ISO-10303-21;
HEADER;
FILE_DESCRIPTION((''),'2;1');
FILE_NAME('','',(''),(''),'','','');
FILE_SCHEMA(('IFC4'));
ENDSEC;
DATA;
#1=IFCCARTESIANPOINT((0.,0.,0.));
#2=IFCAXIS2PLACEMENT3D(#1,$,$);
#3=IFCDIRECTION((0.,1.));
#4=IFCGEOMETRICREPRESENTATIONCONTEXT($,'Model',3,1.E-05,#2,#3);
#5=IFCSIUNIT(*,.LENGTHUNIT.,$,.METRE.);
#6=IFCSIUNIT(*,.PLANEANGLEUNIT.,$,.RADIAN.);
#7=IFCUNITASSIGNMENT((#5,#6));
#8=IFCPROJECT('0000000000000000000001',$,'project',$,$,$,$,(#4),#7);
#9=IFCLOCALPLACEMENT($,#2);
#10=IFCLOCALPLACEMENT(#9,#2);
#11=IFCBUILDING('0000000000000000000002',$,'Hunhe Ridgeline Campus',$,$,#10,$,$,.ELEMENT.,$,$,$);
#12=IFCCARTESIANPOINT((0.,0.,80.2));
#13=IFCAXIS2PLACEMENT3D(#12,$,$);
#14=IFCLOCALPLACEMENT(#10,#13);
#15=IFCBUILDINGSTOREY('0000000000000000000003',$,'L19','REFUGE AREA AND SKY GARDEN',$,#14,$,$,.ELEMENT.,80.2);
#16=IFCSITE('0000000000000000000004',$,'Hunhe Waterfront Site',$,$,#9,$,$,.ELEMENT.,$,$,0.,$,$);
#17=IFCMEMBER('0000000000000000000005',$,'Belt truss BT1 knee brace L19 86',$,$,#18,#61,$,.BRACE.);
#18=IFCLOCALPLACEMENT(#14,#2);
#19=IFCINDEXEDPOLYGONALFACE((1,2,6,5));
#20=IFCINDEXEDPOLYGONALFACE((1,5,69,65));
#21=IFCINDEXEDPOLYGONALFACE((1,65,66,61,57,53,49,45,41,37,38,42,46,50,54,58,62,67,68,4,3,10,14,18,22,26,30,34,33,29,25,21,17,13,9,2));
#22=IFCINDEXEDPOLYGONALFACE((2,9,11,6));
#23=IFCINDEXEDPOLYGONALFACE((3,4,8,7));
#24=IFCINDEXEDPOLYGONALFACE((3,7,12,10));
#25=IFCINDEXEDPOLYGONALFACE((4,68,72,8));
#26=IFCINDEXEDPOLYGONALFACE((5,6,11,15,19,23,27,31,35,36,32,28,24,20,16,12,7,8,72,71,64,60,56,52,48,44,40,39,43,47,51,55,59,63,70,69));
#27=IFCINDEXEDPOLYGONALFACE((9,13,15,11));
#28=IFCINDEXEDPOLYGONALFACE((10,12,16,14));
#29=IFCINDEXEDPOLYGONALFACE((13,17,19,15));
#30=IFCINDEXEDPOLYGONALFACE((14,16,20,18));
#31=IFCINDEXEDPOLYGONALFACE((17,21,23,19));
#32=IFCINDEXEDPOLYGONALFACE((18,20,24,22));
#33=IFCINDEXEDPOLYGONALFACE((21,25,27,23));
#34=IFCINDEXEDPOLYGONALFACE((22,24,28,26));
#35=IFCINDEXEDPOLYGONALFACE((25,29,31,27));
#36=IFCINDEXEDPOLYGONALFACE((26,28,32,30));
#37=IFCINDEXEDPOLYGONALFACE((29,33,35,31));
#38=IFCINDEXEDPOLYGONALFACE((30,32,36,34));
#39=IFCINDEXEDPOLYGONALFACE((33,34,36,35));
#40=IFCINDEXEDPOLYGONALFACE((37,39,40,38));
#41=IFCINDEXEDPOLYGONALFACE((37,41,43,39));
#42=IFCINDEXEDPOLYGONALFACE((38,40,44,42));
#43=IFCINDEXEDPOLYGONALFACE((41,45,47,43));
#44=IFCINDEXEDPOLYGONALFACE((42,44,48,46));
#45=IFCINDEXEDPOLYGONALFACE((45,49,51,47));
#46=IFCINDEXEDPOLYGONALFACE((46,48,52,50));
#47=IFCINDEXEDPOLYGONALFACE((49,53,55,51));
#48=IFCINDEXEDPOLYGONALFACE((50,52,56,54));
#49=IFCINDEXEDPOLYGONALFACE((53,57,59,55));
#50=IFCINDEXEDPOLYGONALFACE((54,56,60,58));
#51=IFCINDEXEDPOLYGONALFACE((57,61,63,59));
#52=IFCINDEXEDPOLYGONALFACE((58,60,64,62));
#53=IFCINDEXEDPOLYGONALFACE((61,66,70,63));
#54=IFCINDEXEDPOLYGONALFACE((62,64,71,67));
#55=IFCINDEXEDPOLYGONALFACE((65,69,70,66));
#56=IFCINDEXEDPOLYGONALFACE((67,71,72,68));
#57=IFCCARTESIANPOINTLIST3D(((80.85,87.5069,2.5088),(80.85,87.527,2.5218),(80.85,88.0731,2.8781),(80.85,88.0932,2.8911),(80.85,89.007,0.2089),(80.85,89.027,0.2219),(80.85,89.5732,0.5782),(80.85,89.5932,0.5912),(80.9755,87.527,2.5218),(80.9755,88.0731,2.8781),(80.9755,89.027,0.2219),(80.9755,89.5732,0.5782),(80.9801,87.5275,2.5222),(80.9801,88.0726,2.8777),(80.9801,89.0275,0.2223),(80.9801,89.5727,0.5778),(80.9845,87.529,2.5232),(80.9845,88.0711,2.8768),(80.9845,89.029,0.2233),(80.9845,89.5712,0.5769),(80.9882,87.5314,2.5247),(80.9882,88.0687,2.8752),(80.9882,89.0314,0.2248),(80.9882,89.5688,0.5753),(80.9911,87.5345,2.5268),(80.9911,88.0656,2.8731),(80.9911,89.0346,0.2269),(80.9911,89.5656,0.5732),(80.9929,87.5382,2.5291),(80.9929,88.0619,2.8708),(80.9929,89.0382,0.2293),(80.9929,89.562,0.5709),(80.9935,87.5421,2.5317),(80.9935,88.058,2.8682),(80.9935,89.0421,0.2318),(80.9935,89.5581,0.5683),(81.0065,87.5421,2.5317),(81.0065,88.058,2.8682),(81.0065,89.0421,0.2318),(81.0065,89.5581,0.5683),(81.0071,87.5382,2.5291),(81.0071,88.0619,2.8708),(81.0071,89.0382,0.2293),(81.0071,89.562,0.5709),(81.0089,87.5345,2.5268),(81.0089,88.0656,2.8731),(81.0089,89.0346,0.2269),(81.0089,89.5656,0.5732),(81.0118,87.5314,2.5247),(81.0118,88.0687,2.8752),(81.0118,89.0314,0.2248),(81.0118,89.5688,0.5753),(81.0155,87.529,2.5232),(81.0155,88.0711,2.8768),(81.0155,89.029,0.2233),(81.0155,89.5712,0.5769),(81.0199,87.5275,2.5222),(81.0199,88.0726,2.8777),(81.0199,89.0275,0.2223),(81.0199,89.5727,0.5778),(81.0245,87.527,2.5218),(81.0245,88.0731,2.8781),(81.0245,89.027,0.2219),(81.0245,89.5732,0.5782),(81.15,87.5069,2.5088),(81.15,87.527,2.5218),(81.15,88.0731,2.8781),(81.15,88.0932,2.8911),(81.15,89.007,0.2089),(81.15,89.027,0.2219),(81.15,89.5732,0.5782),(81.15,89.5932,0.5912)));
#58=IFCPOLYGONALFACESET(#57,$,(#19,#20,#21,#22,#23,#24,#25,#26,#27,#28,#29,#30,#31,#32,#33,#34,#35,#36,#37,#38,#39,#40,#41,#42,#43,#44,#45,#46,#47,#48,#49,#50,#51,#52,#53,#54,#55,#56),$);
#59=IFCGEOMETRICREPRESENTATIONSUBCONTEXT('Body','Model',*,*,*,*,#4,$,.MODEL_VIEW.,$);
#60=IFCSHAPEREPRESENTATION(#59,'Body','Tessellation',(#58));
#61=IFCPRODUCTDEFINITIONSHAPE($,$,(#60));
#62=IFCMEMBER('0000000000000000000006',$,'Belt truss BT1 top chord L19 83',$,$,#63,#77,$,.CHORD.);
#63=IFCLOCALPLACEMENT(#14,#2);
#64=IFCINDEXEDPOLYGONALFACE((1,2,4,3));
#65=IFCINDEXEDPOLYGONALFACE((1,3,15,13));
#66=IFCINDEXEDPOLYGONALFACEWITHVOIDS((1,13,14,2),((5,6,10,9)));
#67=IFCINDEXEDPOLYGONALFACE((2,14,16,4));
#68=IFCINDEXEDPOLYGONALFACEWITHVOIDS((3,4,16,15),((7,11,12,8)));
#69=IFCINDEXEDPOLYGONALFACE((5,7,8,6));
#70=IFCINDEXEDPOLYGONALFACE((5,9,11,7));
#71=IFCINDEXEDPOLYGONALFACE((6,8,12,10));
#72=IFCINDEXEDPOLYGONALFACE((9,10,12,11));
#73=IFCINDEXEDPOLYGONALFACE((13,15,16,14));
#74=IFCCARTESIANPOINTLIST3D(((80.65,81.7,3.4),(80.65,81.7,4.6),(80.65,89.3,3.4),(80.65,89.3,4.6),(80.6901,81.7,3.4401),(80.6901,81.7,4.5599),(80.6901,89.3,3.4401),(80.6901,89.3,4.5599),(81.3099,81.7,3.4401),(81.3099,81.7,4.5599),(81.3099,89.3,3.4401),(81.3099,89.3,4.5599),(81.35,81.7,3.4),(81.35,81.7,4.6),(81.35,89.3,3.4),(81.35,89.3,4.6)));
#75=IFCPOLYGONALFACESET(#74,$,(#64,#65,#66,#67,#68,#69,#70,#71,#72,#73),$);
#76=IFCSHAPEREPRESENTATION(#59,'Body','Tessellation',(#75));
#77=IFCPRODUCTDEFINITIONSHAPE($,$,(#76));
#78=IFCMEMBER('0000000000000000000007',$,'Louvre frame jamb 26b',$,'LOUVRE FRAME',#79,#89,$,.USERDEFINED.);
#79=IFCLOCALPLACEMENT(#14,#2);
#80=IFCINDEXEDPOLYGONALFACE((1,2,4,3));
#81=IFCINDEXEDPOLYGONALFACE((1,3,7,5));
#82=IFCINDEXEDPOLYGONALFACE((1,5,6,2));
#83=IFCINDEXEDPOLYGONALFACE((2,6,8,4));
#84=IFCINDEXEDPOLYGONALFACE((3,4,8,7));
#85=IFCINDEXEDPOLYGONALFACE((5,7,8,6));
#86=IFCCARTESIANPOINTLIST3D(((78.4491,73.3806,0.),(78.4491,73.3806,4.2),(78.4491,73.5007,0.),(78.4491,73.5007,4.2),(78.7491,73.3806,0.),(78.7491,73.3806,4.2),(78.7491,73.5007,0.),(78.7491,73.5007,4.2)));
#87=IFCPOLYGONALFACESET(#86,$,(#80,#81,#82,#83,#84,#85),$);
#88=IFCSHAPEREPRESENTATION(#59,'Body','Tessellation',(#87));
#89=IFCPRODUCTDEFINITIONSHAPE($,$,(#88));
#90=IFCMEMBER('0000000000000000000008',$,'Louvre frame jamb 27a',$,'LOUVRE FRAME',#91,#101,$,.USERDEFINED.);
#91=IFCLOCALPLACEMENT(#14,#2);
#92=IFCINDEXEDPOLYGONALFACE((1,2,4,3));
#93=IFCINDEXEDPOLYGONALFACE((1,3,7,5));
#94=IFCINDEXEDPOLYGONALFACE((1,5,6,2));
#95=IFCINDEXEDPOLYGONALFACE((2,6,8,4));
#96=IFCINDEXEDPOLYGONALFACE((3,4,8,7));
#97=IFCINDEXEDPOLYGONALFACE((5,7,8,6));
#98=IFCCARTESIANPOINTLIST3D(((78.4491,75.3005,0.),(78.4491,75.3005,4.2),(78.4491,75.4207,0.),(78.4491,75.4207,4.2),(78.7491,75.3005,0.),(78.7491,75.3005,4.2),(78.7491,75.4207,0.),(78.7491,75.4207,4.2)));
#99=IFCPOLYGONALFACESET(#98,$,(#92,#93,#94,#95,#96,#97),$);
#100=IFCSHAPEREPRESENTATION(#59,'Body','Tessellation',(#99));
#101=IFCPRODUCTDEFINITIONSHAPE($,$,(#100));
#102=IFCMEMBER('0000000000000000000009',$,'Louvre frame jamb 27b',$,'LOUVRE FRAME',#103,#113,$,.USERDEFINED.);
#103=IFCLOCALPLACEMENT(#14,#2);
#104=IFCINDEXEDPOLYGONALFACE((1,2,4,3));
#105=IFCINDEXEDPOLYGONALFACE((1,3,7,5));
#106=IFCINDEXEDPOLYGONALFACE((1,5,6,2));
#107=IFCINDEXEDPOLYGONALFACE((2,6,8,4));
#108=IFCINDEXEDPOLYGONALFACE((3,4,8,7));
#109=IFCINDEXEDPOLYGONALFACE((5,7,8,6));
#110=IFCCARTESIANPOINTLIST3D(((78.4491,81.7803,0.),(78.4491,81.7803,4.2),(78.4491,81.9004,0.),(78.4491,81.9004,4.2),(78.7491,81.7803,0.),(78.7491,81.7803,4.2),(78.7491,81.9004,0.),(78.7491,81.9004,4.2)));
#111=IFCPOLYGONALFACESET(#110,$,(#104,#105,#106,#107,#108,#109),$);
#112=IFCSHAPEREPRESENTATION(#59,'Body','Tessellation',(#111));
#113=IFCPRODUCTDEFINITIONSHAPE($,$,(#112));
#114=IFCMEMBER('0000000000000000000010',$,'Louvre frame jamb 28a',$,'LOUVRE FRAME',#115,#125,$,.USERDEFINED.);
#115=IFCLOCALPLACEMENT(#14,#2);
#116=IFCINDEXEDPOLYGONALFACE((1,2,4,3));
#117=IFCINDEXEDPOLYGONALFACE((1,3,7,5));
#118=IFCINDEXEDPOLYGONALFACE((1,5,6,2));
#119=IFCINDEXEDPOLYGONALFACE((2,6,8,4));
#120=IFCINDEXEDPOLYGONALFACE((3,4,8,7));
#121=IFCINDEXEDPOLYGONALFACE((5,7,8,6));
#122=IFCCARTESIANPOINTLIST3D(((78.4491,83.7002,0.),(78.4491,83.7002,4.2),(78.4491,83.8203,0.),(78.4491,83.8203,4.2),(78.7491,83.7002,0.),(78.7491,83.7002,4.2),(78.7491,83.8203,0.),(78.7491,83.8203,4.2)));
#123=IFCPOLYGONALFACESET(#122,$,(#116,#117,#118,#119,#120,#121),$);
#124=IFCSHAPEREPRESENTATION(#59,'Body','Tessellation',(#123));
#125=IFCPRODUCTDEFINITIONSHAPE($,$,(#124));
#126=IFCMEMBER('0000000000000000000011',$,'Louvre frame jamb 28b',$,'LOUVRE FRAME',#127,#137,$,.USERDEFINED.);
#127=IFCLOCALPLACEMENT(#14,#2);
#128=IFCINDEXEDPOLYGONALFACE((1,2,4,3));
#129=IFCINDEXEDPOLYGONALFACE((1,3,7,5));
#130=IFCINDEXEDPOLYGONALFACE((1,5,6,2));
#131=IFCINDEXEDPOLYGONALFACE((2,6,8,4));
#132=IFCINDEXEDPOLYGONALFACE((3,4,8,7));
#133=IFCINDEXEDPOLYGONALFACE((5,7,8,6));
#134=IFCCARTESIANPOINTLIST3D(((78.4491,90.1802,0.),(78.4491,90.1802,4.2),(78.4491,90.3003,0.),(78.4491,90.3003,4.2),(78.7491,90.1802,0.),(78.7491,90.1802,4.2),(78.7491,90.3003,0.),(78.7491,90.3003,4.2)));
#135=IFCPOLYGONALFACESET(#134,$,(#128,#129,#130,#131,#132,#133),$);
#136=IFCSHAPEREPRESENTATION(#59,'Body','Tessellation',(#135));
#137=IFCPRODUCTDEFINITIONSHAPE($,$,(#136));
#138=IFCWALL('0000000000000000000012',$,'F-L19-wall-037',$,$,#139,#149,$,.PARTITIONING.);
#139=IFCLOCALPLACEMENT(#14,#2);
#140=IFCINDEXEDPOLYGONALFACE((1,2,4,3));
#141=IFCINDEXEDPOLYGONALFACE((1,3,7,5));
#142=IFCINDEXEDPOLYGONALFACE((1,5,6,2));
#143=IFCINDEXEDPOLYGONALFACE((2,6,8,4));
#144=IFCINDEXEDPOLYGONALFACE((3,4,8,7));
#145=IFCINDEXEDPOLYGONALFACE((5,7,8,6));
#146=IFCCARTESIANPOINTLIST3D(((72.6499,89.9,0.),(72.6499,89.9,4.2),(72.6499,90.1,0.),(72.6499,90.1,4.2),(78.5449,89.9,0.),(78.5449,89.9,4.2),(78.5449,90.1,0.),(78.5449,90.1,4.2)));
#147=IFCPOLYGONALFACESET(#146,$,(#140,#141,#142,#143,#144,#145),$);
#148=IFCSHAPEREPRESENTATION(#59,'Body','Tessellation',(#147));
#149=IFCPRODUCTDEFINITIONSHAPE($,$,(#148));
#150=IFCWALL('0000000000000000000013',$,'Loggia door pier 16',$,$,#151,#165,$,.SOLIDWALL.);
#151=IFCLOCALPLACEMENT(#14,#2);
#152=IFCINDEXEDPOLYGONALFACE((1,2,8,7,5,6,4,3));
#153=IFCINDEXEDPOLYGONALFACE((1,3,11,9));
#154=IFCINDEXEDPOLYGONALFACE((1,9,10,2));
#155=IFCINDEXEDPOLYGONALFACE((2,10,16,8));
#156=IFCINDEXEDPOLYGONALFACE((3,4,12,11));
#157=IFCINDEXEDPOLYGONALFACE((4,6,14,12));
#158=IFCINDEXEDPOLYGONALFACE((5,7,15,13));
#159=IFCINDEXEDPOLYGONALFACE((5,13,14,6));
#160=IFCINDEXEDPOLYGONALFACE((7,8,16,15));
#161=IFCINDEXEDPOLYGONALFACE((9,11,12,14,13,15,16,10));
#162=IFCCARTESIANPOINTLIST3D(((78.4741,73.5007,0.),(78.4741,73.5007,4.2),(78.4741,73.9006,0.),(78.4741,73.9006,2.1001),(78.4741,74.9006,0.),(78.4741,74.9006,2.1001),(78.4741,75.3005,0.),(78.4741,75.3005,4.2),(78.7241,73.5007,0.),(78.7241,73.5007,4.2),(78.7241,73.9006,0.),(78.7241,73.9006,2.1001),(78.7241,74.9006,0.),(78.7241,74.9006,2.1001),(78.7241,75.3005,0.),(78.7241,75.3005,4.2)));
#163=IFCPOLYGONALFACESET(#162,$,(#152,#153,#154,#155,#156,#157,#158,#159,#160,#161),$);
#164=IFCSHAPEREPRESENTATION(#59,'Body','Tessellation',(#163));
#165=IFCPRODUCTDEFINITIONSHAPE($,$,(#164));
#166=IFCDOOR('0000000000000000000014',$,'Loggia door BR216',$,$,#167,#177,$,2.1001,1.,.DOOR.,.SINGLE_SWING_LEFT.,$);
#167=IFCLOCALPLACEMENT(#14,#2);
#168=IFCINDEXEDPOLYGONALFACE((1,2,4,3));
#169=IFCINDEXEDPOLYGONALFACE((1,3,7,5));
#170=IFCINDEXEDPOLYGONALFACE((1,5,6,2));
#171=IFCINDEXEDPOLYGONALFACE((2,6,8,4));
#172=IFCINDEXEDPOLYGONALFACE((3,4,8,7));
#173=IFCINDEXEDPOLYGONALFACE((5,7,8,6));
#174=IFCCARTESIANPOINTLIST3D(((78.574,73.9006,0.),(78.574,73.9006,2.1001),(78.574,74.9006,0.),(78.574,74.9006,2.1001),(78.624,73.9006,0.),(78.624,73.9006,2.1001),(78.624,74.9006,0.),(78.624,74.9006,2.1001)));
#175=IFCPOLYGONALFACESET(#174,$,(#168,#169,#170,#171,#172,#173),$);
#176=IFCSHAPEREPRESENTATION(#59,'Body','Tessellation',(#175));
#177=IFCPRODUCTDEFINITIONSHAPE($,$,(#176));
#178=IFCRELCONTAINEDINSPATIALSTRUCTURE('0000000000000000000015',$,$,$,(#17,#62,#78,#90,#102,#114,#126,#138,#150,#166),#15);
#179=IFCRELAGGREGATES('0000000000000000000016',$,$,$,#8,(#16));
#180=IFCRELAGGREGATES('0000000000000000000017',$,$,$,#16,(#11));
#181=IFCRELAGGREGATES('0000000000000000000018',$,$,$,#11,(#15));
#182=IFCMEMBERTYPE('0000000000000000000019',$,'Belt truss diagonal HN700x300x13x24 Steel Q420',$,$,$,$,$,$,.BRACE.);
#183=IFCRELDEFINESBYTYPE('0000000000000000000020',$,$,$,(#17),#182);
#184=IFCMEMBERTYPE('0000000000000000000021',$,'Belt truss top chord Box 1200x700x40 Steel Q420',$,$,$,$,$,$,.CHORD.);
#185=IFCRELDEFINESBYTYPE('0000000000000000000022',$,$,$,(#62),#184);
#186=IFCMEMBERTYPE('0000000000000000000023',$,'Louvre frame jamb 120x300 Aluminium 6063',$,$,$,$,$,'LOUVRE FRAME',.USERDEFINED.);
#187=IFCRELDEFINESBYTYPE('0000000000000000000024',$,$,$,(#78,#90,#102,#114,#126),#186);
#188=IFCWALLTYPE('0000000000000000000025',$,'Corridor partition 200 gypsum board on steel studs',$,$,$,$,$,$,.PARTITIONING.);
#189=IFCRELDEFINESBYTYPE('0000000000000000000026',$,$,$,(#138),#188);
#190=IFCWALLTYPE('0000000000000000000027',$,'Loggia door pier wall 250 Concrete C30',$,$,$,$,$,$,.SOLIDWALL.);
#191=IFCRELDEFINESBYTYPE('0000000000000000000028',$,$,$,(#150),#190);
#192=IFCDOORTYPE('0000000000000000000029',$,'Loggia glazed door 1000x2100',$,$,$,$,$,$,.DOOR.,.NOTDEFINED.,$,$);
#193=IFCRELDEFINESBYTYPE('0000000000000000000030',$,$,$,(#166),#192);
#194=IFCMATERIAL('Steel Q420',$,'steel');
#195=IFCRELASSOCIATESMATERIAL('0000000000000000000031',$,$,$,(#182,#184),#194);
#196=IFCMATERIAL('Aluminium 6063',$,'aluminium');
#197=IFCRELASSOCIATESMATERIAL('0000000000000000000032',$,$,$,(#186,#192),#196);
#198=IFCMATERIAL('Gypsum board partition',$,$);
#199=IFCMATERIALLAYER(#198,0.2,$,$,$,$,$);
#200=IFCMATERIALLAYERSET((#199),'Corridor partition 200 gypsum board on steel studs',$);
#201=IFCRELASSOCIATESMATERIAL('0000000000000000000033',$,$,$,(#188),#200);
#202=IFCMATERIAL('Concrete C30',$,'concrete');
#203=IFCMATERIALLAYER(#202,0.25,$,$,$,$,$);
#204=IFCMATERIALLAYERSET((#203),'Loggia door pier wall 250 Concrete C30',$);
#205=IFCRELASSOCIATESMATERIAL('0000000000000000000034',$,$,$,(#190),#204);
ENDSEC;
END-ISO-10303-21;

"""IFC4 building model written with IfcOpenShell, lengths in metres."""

from ifc_helpers import new_model, si_unit, direction, frame, frame_2d, origin, origin_2d, place, context, subcontext, project, spatial, rectangle, hollow_rectangle, i_section, extrude, material, layer, layer_set, material_profile, profile_set, type_object, element, fill, save


model = new_model("IFC4")

# Units and contexts
model_context = context("Model", 3, precision=1e-05, world=origin(), true_north=direction((0.0, 1.0)))
body_context = subcontext(model_context, "Body", "Model", "MODEL_VIEW")
ifc_project = project(units=[si_unit("LENGTHUNIT", "METRE"), si_unit("PLANEANGLEUNIT", "RADIAN")], contexts=[model_context])

# Site, building, storey
site_placement = place(None, origin())
site = spatial("IfcSite", under=ifc_project, at=site_placement, Name="Hunhe Waterfront Site", CompositionType="ELEMENT", RefElevation=0.0)
building_placement = place(site_placement, origin())
building = spatial("IfcBuilding", under=site, at=building_placement, Name="Hunhe Ridgeline Campus", CompositionType="ELEMENT")
storey_placement = place(building_placement, frame((0.0, 0.0, 80.2)))
storey = spatial("IfcBuildingStorey", under=building, at=storey_placement, Name="L19", Description="REFUGE AREA AND SKY GARDEN", CompositionType="ELEMENT", Elevation=80.2)

# Members
ifc_material_1 = material(Name="Steel Q420", Category="steel")
ifc_material_profile_1 = material_profile(ifc_material_1, i_section(OverallWidth=0.3, OverallDepth=0.7, WebThickness=0.0129, FlangeThickness=0.0239, FilletRadius=0.0181, at=origin_2d()))
ifc_profile_set_1 = profile_set([ifc_material_profile_1], Name="Steel Q420")
member_type_1 = type_object("IfcMemberType", Name="Belt truss diagonal HN700x300x13x24 Steel Q420", PredefinedType="BRACE", material=ifc_profile_set_1)
for number, where, z_axis, x_axis, name in (
    (1, (81.0, 87.8, 2.7), (0.0, 0.5463, -0.837589), (-1.0, 0.0, 0.0), "Belt truss BT1 knee brace L19 86"),
):
    element("IfcMember", number, at=place(storey_placement, frame(where, z_axis=z_axis, x_axis=x_axis)), inside=storey, type_object=member_type_1, Name=name, PredefinedType="BRACE", context=body_context, shape_type="SweptSolid", body=[
        extrude(i_section(OverallWidth=0.3, OverallDepth=0.7, WebThickness=0.0129, FlangeThickness=0.0239, FilletRadius=0.0181, at=origin_2d()), origin(), (0.0, 0.0, 1.0), 2.7458),
    ])
ifc_material_profile_2 = material_profile(ifc_material_1, hollow_rectangle(XDim=0.7, YDim=1.2, WallThickness=0.04, at=origin_2d()))
ifc_profile_set_2 = profile_set([ifc_material_profile_2], Name="Steel Q420")
member_type_2 = type_object("IfcMemberType", Name="Belt truss top chord Box 1200x700x40 Steel Q420", PredefinedType="CHORD", material=ifc_profile_set_2)
member_1_placement = place(storey_placement, frame((81.0, 81.7, 4.0), z_axis=(0.0, 1.0, 0.0), x_axis=(-1.0, 0.0, 0.0)))
element("IfcMember", 2, at=member_1_placement, inside=storey, type_object=member_type_2, Name="Belt truss BT1 top chord L19 83", PredefinedType="CHORD", context=body_context, shape_type="SweptSolid", body=[
    extrude(hollow_rectangle(XDim=0.7, YDim=1.2, WallThickness=0.04, at=origin_2d()), origin(), (0.0, 0.0, 1.0), 7.6001),
])
ifc_material_2 = material(Name="Aluminium 6063", Category="aluminium")
ifc_material_profile_3 = material_profile(ifc_material_2, rectangle(XDim=0.3, YDim=0.1201, at=origin_2d()))
ifc_profile_set_3 = profile_set([ifc_material_profile_3], Name="Aluminium 6063")
member_type_3 = type_object("IfcMemberType", Name="Louvre frame jamb 120x300 Aluminium 6063", ElementType="LOUVRE FRAME", PredefinedType="USERDEFINED", material=ifc_profile_set_3)
for number, where, z_axis, x_axis, name in (
    (3, (78.5991, 73.4407, 0.0), (0.0, 0.0, 1.0), (-1.0, 0.0, 0.0), "Louvre frame jamb 26b"),
    (4, (78.5991, 75.3606, 0.0), (0.0, 0.0, 1.0), (-1.0, 0.0, 0.0), "Louvre frame jamb 27a"),
    (5, (78.5991, 81.8403, 0.0), (0.0, 0.0, 1.0), (-1.0, 0.0, 0.0), "Louvre frame jamb 27b"),
    (6, (78.5991, 83.7603, 0.0), (0.0, 0.0, 1.0), (-1.0, 0.0, 0.0), "Louvre frame jamb 28a"),
    (7, (78.5991, 90.2402, 0.0), (0.0, 0.0, 1.0), (-1.0, 0.0, 0.0), "Louvre frame jamb 28b"),
):
    element("IfcMember", number, at=place(storey_placement, frame(where, z_axis=z_axis, x_axis=x_axis)), inside=storey, type_object=member_type_3, Name=name, ObjectType="LOUVRE FRAME", PredefinedType="USERDEFINED", context=body_context, shape_type="SweptSolid", body=[
        extrude(rectangle(XDim=0.3, YDim=0.1201, at=origin_2d()), origin(), (0.0, 0.0, 1.0), 4.2),
    ])

# Wall
ifc_material_3 = material(Name="Gypsum board partition")
ifc_layer_1 = layer(ifc_material_3, 0.2)
ifc_layer_set_1 = layer_set([ifc_layer_1], Name="Corridor partition 200 gypsum board on steel studs")
wall_type_1 = type_object("IfcWallType", Name="Corridor partition 200 gypsum board on steel studs", PredefinedType="PARTITIONING", material=ifc_layer_set_1)
wall_1_placement = place(storey_placement, frame((78.5449, 90.0, 0.0), z_axis=(0.0, 0.0, 1.0), x_axis=(-1.0, 0.0, 0.0)))
element("IfcWall", 8, at=wall_1_placement, inside=storey, type_object=wall_type_1, Name="F-L19-wall-037", PredefinedType="PARTITIONING", context=body_context, shape_type="SweptSolid", body=[
    extrude(rectangle(XDim=5.895, YDim=0.2, at=frame_2d((2.9475, 0.0))), origin(), (0.0, 0.0, 1.0), 4.2),
])

# Wall, opening, door
ifc_material_4 = material(Name="Concrete C30", Category="concrete")
ifc_layer_2 = layer(ifc_material_4, 0.25)
ifc_layer_set_2 = layer_set([ifc_layer_2], Name="Loggia door pier wall 250 Concrete C30")
wall_type_2 = type_object("IfcWallType", Name="Loggia door pier wall 250 Concrete C30", PredefinedType="SOLIDWALL", material=ifc_layer_set_2)
wall_2_placement = place(storey_placement, frame((78.5991, 73.5007, 0.0), z_axis=(0.0, 0.0, 1.0), x_axis=(0.0, 1.0, 0.0)))
wall_2 = element("IfcWall", 9, at=wall_2_placement, inside=storey, type_object=wall_type_2, Name="Loggia door pier 16", PredefinedType="SOLIDWALL", context=body_context, shape_type="SweptSolid", body=[
    extrude(rectangle(XDim=1.7998, YDim=0.25, at=frame_2d((0.8999, 0.0))), origin(), (0.0, 0.0, 1.0), 4.2),
])
opening_1_placement = place(wall_2_placement, frame((0.3999, 0.0, 0.0)))
opening_1 = element("IfcOpeningElement", 10, at=opening_1_placement, cuts=wall_2, PredefinedType="OPENING", context=body_context, shape_type="SweptSolid", body=[
    extrude(rectangle(XDim=1.0, YDim=2.1001, at=frame_2d((0.5, 1.05))), frame((0.0, 0.125, 0.0), z_axis=(0.0, -1.0, 0.0), x_axis=(1.0, 0.0, 0.0)), (0.0, 0.0, 1.0), 0.25),
])
door_type = type_object("IfcDoorType", Name="Loggia glazed door 1000x2100", OperationType="NOTDEFINED", PredefinedType="DOOR", material=ifc_material_2)
door_1_placement = place(opening_1_placement, frame((1.0, 0.0, 0.0), z_axis=(0.0, 0.0, 1.0), x_axis=(-1.0, 0.0, 0.0)))
door_1 = element("IfcDoor", 11, at=door_1_placement, inside=storey, type_object=door_type, Name="Loggia door BR216", OperationType="SINGLE_SWING_LEFT", OverallHeight=2.1001, OverallWidth=1.0, PredefinedType="DOOR", context=body_context, shape_type="SweptSolid", body=[
    extrude(rectangle(XDim=1.0, YDim=2.1001, at=frame_2d((0.5, 1.05))), frame((0.0, 0.0249, 0.0), z_axis=(0.0, -1.0, 0.0), x_axis=(1.0, 0.0, 0.0)), (0.0, 0.0, 1.0), 0.05),
])
fill(opening_1, door_1)

save(model, "model.ifc")
